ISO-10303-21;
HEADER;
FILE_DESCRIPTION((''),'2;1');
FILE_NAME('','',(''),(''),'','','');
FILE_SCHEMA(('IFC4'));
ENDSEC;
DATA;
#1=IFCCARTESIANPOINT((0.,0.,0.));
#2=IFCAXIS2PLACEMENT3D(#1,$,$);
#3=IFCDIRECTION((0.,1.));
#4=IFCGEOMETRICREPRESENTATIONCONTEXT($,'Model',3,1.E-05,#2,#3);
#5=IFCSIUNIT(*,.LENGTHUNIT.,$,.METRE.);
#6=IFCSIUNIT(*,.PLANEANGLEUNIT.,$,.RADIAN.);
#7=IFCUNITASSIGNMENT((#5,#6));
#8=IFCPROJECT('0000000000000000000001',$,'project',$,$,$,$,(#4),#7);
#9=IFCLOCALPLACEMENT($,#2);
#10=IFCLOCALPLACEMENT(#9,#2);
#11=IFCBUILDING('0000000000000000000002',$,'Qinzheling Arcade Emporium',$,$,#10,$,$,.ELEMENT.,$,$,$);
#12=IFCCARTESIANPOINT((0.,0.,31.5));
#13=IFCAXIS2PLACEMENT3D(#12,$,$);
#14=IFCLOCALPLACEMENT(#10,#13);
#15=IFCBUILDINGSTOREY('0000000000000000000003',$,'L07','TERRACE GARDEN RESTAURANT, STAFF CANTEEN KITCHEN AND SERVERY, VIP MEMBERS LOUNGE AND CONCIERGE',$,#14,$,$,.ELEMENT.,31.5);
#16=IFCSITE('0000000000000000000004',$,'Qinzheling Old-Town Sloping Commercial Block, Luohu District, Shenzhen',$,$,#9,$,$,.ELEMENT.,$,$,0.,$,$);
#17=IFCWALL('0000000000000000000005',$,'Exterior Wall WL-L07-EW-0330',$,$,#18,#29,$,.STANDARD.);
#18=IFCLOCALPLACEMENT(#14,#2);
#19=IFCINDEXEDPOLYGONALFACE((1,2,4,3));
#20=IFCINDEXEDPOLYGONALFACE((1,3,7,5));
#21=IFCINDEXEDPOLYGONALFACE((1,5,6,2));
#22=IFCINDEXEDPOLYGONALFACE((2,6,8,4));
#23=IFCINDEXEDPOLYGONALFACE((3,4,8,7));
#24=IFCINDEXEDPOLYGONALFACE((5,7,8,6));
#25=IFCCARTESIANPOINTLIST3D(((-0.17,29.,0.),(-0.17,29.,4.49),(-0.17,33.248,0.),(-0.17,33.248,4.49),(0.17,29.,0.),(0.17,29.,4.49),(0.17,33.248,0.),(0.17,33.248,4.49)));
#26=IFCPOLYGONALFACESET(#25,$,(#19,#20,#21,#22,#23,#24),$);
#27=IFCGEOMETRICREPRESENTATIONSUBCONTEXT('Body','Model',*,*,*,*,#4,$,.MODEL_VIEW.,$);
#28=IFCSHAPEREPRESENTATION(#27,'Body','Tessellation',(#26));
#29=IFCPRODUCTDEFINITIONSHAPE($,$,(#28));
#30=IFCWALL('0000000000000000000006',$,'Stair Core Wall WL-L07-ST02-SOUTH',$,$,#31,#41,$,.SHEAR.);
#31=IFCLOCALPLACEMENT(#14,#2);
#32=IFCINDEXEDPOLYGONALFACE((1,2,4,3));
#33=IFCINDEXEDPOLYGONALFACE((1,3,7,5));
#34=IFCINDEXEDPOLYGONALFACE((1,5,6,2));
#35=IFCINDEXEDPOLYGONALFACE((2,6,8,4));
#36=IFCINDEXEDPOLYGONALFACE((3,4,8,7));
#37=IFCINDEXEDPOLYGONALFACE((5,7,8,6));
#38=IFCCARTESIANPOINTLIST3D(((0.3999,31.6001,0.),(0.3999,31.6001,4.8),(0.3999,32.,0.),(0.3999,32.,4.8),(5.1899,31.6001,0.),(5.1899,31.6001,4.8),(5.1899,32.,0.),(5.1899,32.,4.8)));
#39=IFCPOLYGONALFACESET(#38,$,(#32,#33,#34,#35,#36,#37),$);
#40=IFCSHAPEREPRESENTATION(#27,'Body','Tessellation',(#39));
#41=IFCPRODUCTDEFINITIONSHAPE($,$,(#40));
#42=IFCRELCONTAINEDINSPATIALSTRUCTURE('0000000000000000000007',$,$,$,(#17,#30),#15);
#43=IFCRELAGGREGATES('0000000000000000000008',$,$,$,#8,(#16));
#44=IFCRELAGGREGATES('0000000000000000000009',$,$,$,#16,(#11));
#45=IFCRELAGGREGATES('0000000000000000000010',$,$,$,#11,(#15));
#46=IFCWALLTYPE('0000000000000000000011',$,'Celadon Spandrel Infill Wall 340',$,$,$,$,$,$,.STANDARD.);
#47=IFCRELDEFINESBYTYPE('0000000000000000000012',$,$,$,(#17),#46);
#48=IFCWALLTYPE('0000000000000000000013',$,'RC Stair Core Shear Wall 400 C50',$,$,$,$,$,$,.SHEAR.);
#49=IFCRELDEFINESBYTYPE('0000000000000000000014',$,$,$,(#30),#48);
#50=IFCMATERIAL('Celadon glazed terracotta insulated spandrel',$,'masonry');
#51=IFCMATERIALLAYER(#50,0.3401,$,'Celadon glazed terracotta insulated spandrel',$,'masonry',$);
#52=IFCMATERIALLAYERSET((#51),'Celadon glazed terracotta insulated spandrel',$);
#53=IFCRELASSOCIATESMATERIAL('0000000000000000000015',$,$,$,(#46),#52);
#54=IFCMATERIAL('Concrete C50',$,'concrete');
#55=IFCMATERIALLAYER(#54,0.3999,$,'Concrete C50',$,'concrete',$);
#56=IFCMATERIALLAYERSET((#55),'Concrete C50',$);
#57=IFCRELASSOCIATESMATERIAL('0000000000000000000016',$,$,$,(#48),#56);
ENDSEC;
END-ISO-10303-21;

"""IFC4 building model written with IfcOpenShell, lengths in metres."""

from ifc_helpers import new_model, si_unit, direction, frame, frame_2d, origin, place, context, subcontext, project, spatial, rectangle, extrude, material, layer, layer_set, type_object, element, save


model = new_model("IFC4")

# Units and contexts
model_context = context("Model", 3, precision=1e-05, world=origin(), true_north=direction((0.0, 1.0)))
body_context = subcontext(model_context, "Body", "Model", "MODEL_VIEW")
ifc_project = project(units=[si_unit("LENGTHUNIT", "METRE"), si_unit("PLANEANGLEUNIT", "RADIAN")], contexts=[model_context])

# Site, building, storey
site_placement = place(None, origin())
site = spatial("IfcSite", under=ifc_project, at=site_placement, Name="Qinzheling Old-Town Sloping Commercial Block, Luohu District, Shenzhen", CompositionType="ELEMENT", RefElevation=0.0)
building_placement = place(site_placement, origin())
building = spatial("IfcBuilding", under=site, at=building_placement, Name="Qinzheling Arcade Emporium", CompositionType="ELEMENT")
storey_placement = place(building_placement, frame((0.0, 0.0, 31.5)))
storey = spatial("IfcBuildingStorey", under=building, at=storey_placement, Name="L07", Description="TERRACE GARDEN RESTAURANT, STAFF CANTEEN KITCHEN AND SERVERY, VIP MEMBERS LOUNGE AND CONCIERGE", CompositionType="ELEMENT", Elevation=31.5)

# Walls
ifc_material_1 = material(Name="Celadon glazed terracotta insulated spandrel", Category="masonry")
ifc_layer_1 = layer(ifc_material_1, 0.3401, Name="Celadon glazed terracotta insulated spandrel", Category="masonry")
ifc_layer_set_1 = layer_set([ifc_layer_1], Name="Celadon glazed terracotta insulated spandrel")
wall_type_1 = type_object("IfcWallType", Name="Celadon Spandrel Infill Wall 340", PredefinedType="STANDARD", material=ifc_layer_set_1)
wall_1_placement = place(storey_placement, frame((0.0, 29.0, 0.0), z_axis=(0.0, 0.0, 1.0), x_axis=(0.0, 1.0, 0.0)))
element("IfcWall", 1, at=wall_1_placement, inside=storey, type_object=wall_type_1, Name="Exterior Wall WL-L07-EW-0330", PredefinedType="STANDARD", context=body_context, shape_type="SweptSolid", body=[
    extrude(rectangle(XDim=4.248, YDim=0.3401, at=frame_2d((2.124, 0.0))), origin(), (0.0, 0.0, 1.0), 4.49),
])
ifc_material_2 = material(Name="Concrete C50", Category="concrete")
ifc_layer_2 = layer(ifc_material_2, 0.3999, Name="Concrete C50", Category="concrete")
ifc_layer_set_2 = layer_set([ifc_layer_2], Name="Concrete C50")
wall_type_2 = type_object("IfcWallType", Name="RC Stair Core Shear Wall 400 C50", PredefinedType="SHEAR", material=ifc_layer_set_2)
wall_2_placement = place(storey_placement, frame((5.1899, 31.8, 0.0), z_axis=(0.0, 0.0, 1.0), x_axis=(-1.0, 0.0, 0.0)))
element("IfcWall", 2, at=wall_2_placement, inside=storey, type_object=wall_type_2, Name="Stair Core Wall WL-L07-ST02-SOUTH", PredefinedType="SHEAR", context=body_context, shape_type="SweptSolid", body=[
    extrude(rectangle(XDim=4.79, YDim=0.3999, at=frame_2d((2.395, 0.0))), origin(), (0.0, 0.0, 1.0), 4.8),
])

save(model, "model.ifc")
